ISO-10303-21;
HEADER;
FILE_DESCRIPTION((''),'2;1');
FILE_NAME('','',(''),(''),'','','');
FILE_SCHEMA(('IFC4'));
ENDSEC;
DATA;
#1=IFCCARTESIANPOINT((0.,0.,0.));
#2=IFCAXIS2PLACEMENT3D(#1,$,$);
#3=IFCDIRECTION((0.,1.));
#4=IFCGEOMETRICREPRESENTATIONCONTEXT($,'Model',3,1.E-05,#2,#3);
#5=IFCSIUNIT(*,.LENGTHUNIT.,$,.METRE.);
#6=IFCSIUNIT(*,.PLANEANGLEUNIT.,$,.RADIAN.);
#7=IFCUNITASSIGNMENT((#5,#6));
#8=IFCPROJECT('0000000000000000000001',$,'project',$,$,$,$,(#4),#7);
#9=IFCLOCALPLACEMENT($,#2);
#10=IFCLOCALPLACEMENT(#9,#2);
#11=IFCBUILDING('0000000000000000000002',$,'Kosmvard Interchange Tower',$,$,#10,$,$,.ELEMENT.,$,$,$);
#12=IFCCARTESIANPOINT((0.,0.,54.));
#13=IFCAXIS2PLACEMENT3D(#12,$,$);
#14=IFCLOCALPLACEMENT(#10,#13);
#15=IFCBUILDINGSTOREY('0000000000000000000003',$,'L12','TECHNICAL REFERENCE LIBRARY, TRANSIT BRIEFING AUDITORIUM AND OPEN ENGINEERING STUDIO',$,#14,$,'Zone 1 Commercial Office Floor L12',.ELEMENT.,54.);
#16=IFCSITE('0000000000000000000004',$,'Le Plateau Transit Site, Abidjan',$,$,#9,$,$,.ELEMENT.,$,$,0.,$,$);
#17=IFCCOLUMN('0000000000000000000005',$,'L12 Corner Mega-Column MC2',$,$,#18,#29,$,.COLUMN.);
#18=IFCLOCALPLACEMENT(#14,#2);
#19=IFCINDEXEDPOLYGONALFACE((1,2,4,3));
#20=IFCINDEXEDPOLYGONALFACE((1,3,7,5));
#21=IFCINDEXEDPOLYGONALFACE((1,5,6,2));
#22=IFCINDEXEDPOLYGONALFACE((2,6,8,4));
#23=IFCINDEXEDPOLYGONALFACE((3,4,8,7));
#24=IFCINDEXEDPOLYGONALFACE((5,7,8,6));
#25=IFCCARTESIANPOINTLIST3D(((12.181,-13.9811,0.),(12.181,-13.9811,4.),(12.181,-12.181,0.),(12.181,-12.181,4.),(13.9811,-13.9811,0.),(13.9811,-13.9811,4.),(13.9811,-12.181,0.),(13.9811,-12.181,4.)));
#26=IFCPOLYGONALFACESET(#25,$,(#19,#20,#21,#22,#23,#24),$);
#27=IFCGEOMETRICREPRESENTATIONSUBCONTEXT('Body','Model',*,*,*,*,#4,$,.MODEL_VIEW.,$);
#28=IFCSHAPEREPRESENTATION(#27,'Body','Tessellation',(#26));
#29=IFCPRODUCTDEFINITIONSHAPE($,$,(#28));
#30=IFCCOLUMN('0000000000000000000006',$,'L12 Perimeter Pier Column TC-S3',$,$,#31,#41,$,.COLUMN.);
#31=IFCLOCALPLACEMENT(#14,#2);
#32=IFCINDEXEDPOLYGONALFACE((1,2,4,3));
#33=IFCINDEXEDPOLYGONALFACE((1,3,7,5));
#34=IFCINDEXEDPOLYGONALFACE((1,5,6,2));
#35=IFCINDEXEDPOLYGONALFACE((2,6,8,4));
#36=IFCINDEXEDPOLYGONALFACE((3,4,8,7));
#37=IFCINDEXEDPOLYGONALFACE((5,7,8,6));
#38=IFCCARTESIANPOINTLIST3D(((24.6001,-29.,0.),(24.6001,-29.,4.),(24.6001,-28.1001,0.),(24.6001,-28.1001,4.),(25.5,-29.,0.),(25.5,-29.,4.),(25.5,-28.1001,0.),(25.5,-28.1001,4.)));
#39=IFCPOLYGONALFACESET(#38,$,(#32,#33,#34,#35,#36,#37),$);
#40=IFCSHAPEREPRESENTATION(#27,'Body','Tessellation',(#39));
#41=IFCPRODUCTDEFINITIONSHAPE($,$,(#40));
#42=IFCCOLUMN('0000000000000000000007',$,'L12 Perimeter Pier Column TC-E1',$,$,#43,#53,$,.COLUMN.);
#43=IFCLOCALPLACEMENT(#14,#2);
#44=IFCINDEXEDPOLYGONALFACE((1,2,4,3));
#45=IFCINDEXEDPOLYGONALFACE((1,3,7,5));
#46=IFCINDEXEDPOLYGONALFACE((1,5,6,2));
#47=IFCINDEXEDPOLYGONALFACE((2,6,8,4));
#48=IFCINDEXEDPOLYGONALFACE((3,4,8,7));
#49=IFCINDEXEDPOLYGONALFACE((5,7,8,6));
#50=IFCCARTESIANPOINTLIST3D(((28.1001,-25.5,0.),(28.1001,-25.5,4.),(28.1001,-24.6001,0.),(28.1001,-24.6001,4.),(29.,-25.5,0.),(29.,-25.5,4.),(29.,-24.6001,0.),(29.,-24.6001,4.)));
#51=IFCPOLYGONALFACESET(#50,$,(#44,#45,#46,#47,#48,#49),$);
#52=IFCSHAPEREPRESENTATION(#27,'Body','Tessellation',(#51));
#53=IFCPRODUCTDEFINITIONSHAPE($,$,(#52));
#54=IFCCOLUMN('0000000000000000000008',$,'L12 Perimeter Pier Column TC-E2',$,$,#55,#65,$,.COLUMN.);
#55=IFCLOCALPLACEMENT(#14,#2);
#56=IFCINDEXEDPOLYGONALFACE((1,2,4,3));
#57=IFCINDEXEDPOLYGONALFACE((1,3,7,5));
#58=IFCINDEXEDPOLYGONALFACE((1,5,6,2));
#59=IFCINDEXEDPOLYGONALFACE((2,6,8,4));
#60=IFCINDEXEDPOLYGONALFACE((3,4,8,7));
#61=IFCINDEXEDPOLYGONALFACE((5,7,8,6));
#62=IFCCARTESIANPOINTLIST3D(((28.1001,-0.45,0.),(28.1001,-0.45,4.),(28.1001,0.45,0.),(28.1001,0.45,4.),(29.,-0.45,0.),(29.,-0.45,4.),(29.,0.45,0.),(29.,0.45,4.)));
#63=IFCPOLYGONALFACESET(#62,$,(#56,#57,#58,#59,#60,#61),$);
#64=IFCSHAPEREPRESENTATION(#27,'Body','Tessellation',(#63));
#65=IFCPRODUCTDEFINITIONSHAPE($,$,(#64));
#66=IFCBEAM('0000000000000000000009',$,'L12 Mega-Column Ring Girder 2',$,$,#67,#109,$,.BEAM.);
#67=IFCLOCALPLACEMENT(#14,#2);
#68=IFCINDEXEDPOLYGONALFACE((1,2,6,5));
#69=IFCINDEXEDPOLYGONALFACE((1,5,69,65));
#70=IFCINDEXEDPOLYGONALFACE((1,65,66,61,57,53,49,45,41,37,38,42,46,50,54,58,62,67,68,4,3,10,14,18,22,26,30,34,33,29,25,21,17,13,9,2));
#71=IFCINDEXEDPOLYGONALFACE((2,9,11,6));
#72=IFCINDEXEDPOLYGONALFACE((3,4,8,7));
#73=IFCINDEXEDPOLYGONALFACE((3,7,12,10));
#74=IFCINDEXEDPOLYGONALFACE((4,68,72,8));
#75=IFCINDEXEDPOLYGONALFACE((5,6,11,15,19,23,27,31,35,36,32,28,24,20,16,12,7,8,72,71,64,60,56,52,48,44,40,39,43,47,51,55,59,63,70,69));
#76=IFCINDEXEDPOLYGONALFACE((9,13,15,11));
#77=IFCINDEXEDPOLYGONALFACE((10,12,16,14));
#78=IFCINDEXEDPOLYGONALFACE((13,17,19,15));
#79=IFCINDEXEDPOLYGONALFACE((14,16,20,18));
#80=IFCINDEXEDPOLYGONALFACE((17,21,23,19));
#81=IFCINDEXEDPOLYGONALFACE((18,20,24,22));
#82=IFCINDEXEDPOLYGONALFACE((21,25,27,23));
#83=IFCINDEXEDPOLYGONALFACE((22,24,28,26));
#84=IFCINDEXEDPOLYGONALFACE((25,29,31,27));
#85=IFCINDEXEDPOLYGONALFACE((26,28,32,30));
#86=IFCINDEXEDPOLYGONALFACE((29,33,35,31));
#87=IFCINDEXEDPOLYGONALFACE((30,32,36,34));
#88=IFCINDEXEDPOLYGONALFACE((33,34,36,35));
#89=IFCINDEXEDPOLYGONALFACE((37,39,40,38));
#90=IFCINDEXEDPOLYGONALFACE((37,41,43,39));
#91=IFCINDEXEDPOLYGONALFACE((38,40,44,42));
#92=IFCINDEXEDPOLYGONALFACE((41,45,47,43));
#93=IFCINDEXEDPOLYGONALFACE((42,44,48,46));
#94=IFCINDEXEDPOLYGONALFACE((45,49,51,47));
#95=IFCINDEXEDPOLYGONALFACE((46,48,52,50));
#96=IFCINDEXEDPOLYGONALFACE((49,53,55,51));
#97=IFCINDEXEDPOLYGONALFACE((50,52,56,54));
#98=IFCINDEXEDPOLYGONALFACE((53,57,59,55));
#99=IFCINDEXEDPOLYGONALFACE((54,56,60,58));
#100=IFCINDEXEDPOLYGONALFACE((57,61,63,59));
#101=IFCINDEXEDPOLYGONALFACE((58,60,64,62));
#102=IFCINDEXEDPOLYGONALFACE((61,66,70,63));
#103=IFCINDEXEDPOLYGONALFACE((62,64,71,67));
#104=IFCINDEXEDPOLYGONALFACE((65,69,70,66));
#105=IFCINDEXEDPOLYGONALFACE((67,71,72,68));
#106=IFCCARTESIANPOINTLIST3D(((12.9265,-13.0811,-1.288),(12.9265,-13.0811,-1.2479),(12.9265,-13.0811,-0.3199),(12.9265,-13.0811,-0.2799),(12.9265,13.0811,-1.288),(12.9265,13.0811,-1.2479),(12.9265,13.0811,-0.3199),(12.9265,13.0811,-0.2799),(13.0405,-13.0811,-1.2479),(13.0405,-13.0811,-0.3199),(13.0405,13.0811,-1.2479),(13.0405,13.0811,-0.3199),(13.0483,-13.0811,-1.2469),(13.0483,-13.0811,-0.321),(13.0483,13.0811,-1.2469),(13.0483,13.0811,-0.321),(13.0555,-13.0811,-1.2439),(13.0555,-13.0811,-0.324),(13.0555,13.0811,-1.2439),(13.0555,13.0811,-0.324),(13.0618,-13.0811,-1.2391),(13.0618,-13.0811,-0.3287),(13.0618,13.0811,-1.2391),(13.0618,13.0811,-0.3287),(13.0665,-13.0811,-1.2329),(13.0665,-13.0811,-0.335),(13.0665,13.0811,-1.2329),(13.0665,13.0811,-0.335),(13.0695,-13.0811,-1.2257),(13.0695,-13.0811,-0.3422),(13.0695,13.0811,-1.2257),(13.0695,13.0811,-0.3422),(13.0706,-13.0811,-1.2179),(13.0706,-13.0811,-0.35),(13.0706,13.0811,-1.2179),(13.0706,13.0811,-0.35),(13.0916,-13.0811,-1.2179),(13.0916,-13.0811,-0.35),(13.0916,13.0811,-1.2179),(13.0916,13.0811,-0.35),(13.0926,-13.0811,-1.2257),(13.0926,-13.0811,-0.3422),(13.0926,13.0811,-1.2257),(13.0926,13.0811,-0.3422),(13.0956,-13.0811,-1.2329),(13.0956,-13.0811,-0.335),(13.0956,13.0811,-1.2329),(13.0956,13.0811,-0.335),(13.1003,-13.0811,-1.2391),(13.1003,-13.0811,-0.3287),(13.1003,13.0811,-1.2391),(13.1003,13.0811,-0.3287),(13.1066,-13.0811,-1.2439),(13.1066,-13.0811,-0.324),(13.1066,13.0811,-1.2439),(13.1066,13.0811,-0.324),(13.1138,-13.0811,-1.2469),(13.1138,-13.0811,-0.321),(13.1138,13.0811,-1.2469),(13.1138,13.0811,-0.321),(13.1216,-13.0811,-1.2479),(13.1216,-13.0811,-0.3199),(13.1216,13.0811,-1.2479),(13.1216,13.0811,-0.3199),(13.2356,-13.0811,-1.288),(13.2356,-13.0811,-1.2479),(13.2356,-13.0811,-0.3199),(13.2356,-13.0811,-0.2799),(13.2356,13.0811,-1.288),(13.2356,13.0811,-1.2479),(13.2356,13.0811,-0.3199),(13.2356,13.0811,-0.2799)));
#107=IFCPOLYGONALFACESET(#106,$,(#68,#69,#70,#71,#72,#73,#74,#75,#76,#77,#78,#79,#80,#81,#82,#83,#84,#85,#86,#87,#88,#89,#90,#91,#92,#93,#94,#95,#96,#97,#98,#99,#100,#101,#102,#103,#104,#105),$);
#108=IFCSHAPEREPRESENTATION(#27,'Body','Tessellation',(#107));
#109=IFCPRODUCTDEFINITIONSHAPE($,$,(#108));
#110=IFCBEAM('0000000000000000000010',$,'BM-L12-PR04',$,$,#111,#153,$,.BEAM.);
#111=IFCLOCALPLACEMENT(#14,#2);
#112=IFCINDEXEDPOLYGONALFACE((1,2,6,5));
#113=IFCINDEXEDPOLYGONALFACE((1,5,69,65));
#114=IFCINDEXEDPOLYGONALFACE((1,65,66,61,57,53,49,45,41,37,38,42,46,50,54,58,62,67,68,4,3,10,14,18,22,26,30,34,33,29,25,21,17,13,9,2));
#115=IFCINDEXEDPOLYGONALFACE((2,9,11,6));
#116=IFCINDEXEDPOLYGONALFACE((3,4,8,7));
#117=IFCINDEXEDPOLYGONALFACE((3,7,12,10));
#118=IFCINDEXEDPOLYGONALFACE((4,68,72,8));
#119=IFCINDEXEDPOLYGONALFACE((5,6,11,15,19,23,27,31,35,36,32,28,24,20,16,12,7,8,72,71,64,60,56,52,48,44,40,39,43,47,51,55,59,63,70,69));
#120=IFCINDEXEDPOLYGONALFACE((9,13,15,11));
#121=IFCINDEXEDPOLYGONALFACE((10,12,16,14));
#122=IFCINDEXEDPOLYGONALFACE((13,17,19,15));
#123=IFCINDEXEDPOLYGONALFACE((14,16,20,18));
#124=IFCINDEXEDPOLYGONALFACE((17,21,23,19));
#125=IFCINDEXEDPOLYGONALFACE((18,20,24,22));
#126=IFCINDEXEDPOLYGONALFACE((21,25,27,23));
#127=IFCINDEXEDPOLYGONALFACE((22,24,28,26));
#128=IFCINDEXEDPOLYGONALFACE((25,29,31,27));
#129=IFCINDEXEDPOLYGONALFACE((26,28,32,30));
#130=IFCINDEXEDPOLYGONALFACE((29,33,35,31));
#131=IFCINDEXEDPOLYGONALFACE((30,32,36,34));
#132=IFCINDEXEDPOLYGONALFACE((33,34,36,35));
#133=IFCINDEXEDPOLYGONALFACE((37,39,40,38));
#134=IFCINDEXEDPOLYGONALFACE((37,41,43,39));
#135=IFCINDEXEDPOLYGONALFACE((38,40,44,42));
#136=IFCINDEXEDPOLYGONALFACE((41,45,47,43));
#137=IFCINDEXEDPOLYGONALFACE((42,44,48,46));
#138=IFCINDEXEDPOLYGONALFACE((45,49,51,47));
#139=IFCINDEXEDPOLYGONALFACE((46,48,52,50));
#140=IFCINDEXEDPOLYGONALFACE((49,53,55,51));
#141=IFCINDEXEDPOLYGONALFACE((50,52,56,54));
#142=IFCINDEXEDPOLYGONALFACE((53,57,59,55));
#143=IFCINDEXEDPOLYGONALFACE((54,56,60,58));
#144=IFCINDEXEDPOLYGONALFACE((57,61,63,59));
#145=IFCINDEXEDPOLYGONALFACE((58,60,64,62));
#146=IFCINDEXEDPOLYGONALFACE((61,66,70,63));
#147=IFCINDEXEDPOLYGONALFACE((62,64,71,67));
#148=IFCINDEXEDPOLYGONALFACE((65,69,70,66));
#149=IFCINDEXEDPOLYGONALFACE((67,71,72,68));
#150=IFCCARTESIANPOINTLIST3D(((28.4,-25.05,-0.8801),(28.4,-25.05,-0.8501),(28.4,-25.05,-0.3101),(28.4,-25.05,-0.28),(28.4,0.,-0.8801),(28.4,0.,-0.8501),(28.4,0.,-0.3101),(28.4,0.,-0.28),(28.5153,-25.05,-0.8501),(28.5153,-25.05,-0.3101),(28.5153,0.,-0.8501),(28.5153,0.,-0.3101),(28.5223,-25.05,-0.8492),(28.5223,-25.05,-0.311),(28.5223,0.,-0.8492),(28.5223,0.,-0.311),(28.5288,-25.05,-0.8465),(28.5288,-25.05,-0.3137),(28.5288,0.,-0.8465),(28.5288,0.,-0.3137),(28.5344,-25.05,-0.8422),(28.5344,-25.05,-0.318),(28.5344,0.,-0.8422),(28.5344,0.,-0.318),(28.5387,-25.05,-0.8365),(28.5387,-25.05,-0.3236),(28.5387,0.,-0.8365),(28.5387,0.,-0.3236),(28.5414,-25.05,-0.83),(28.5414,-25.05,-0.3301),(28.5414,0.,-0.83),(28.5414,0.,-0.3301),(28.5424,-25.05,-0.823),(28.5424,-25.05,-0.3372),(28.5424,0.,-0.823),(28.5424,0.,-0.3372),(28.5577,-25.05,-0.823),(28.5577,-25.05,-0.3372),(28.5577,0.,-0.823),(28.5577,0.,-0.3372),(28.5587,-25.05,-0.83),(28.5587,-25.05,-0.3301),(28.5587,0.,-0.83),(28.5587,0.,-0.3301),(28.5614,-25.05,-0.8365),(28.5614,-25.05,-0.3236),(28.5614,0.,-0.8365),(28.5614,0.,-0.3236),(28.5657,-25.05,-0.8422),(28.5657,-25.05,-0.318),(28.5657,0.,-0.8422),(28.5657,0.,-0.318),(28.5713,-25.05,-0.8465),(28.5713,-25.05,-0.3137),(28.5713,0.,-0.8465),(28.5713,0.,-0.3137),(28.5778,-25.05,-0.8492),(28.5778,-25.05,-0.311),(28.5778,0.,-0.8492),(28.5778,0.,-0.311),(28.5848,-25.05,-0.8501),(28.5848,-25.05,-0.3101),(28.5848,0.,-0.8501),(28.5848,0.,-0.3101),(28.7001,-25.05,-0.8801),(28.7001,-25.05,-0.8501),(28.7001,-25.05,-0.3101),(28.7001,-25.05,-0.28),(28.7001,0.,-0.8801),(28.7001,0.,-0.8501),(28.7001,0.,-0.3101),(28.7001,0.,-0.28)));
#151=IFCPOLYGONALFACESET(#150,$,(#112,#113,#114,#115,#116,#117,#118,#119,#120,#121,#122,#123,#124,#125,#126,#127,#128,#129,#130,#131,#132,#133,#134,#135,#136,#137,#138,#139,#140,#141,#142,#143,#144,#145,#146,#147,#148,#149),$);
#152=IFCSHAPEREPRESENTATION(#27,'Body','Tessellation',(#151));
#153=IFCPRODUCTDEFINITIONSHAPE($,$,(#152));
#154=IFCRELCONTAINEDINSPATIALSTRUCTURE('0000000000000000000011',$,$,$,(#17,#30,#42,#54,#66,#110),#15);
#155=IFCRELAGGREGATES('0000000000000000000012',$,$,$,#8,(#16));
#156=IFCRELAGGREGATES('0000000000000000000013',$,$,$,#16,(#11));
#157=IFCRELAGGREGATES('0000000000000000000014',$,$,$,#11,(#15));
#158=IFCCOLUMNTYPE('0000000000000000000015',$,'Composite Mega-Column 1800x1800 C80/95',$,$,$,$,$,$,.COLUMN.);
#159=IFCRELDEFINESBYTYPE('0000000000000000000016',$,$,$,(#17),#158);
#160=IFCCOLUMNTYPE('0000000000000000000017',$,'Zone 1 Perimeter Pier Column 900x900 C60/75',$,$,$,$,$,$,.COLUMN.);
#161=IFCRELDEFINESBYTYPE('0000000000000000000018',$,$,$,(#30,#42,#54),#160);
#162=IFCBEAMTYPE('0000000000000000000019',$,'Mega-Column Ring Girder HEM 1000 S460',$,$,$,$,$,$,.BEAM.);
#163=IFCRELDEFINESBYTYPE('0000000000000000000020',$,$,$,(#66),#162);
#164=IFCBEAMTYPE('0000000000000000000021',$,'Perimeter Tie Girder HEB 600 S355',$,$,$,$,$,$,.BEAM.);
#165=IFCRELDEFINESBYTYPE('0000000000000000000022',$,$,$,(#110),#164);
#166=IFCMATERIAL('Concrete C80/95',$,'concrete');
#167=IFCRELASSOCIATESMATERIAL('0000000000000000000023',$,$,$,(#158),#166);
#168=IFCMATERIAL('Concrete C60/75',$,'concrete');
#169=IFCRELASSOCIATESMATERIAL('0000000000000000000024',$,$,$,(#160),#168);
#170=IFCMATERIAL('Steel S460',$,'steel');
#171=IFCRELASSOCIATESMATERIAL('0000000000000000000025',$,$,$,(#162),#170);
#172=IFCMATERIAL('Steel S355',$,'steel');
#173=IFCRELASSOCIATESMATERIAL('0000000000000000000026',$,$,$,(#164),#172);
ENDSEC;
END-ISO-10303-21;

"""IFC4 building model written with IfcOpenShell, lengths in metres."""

from ifc_helpers import new_model, si_unit, direction, frame, origin, origin_2d, place, context, subcontext, project, spatial, rectangle, i_section, extrude, source, transform, mapped, material, material_profile, profile_set, type_object, element, save


model = new_model("IFC4")

# Units and contexts
model_context = context("Model", 3, precision=1e-05, world=origin(), true_north=direction((0.0, 1.0)))
body_context = subcontext(model_context, "Body", "Model", "MODEL_VIEW")
ifc_project = project(units=[si_unit("LENGTHUNIT", "METRE"), si_unit("PLANEANGLEUNIT", "RADIAN")], contexts=[model_context])

# Site, building, storey
site_placement = place(None, origin())
site = spatial("IfcSite", under=ifc_project, at=site_placement, Name="Le Plateau Transit Site, Abidjan", CompositionType="ELEMENT", RefElevation=0.0)
building_placement = place(site_placement, origin())
building = spatial("IfcBuilding", under=site, at=building_placement, Name="Kosmvard Interchange Tower", CompositionType="ELEMENT")
storey_placement = place(building_placement, frame((0.0, 0.0, 54.0)))
storey = spatial("IfcBuildingStorey", under=building, at=storey_placement, Name="L12", Description="TECHNICAL REFERENCE LIBRARY, TRANSIT BRIEFING AUDITORIUM AND OPEN ENGINEERING STUDIO", LongName="Zone 1 Commercial Office Floor L12", CompositionType="ELEMENT", Elevation=54.0)

# Columns
ifc_material_1 = material(Name="Concrete C80/95", Category="concrete")
ifc_material_profile_1 = material_profile(ifc_material_1, rectangle(XDim=1.8, YDim=1.8, at=origin_2d()), Name="MC 1800x1800")
ifc_profile_set_1 = profile_set([ifc_material_profile_1], Name="Concrete C80/95")
column_type_1 = type_object("IfcColumnType", Name="Composite Mega-Column 1800x1800 C80/95", PredefinedType="COLUMN", material=ifc_profile_set_1)
shared_shape_1 = source(origin(), body_context, "Body", "SweptSolid", [
    extrude(rectangle(XDim=1.8, YDim=1.8, at=origin_2d()), origin(), (0.0, 0.0, 1.0), 4.0),
])
column_placement = place(storey_placement, frame((13.0811, -13.0811, 0.0), z_axis=(0.0, 0.0, 1.0), x_axis=(1.0, 0.0, 0.0)))
element("IfcColumn", 1, at=column_placement, inside=storey, type_object=column_type_1, Name="L12 Corner Mega-Column MC2", PredefinedType="COLUMN", context=body_context, shape_type="MappedRepresentation", body=[
    mapped(shared_shape_1, transform((0.0, 0.0, 0.0), scale=1.0)),
])
ifc_material_2 = material(Name="Concrete C60/75", Category="concrete")
ifc_material_profile_2 = material_profile(ifc_material_2, rectangle(XDim=0.8999, YDim=0.8999, at=origin_2d()), Name="TC 900x900")
ifc_profile_set_2 = profile_set([ifc_material_profile_2], Name="Concrete C60/75")
column_type_2 = type_object("IfcColumnType", Name="Zone 1 Perimeter Pier Column 900x900 C60/75", PredefinedType="COLUMN", material=ifc_profile_set_2)
shared_shape_2 = source(origin(), body_context, "Body", "SweptSolid", [
    extrude(rectangle(XDim=0.8999, YDim=0.8999, at=origin_2d()), origin(), (0.0, 0.0, 1.0), 4.0),
])
for number, where, z_axis, x_axis, name in (
    (2, (25.05, -28.55, 0.0), (0.0, 0.0, 1.0), (1.0, 0.0, 0.0), "L12 Perimeter Pier Column TC-S3"),
    (3, (28.55, -25.05, 0.0), (0.0, 0.0, 1.0), (1.0, 0.0, 0.0), "L12 Perimeter Pier Column TC-E1"),
    (4, (28.55, 0.0, 0.0), (0.0, 0.0, 1.0), (1.0, 0.0, 0.0), "L12 Perimeter Pier Column TC-E2"),
):
    element("IfcColumn", number, at=place(storey_placement, frame(where, z_axis=z_axis, x_axis=x_axis)), inside=storey, type_object=column_type_2, Name=name, PredefinedType="COLUMN", context=body_context, shape_type="MappedRepresentation", body=[
        mapped(shared_shape_2, transform((0.0, 0.0, 0.0), scale=1.0)),
    ])

# Beams
ifc_material_3 = material(Name="Steel S460", Category="steel")
ifc_material_profile_3 = material_profile(ifc_material_3, i_section(OverallWidth=0.3091, OverallDepth=1.0081, WebThickness=0.021, FlangeThickness=0.04, FilletRadius=0.03, at=origin_2d()), Name="HEM 1000")
ifc_profile_set_3 = profile_set([ifc_material_profile_3], Name="Steel S460")
beam_type_1 = type_object("IfcBeamType", Name="Mega-Column Ring Girder HEM 1000 S460", PredefinedType="BEAM", material=ifc_profile_set_3)
shared_shape_3 = source(origin(), body_context, "Body", "SweptSolid", [
    extrude(i_section(OverallWidth=0.3091, OverallDepth=1.0081, WebThickness=0.021, FlangeThickness=0.04, FilletRadius=0.03, at=origin_2d()), origin(), (0.0, 0.0, 1.0), 26.1621),
])
beam_1_placement = place(storey_placement, frame((13.0811, -13.0811, -0.7839), z_axis=(0.0, 1.0, 0.0), x_axis=(-1.0, 0.0, 0.0)))
element("IfcBeam", 5, at=beam_1_placement, inside=storey, type_object=beam_type_1, Name="L12 Mega-Column Ring Girder 2", PredefinedType="BEAM", context=body_context, shape_type="MappedRepresentation", body=[
    mapped(shared_shape_3, transform((0.0, 0.0, 0.0), scale=1.0)),
])
ifc_material_4 = material(Name="Steel S355", Category="steel")
ifc_material_profile_4 = material_profile(ifc_material_4, i_section(OverallWidth=0.3, OverallDepth=0.6001, WebThickness=0.0154, FlangeThickness=0.03, FilletRadius=0.0271, at=origin_2d()), Name="HEB 600")
ifc_profile_set_4 = profile_set([ifc_material_profile_4], Name="Steel S355")
beam_type_2 = type_object("IfcBeamType", Name="Perimeter Tie Girder HEB 600 S355", PredefinedType="BEAM", material=ifc_profile_set_4)
shared_shape_4 = source(origin(), body_context, "Body", "SweptSolid", [
    extrude(i_section(OverallWidth=0.3, OverallDepth=0.6001, WebThickness=0.0154, FlangeThickness=0.03, FilletRadius=0.0271, at=origin_2d()), origin(), (0.0, 0.0, 1.0), 25.05),
])
for number, where, z_axis, x_axis, name in (
    (6, (28.55, -25.05, -0.5801), (0.0, 1.0, 0.0), (-1.0, 0.0, 0.0), "BM-L12-PR04"),
):
    element("IfcBeam", number, at=place(storey_placement, frame(where, z_axis=z_axis, x_axis=x_axis)), inside=storey, type_object=beam_type_2, Name=name, PredefinedType="BEAM", context=body_context, shape_type="MappedRepresentation", body=[
        mapped(shared_shape_4, transform((0.0, 0.0, 0.0), scale=1.0)),
    ])

save(model, "model.ifc")
